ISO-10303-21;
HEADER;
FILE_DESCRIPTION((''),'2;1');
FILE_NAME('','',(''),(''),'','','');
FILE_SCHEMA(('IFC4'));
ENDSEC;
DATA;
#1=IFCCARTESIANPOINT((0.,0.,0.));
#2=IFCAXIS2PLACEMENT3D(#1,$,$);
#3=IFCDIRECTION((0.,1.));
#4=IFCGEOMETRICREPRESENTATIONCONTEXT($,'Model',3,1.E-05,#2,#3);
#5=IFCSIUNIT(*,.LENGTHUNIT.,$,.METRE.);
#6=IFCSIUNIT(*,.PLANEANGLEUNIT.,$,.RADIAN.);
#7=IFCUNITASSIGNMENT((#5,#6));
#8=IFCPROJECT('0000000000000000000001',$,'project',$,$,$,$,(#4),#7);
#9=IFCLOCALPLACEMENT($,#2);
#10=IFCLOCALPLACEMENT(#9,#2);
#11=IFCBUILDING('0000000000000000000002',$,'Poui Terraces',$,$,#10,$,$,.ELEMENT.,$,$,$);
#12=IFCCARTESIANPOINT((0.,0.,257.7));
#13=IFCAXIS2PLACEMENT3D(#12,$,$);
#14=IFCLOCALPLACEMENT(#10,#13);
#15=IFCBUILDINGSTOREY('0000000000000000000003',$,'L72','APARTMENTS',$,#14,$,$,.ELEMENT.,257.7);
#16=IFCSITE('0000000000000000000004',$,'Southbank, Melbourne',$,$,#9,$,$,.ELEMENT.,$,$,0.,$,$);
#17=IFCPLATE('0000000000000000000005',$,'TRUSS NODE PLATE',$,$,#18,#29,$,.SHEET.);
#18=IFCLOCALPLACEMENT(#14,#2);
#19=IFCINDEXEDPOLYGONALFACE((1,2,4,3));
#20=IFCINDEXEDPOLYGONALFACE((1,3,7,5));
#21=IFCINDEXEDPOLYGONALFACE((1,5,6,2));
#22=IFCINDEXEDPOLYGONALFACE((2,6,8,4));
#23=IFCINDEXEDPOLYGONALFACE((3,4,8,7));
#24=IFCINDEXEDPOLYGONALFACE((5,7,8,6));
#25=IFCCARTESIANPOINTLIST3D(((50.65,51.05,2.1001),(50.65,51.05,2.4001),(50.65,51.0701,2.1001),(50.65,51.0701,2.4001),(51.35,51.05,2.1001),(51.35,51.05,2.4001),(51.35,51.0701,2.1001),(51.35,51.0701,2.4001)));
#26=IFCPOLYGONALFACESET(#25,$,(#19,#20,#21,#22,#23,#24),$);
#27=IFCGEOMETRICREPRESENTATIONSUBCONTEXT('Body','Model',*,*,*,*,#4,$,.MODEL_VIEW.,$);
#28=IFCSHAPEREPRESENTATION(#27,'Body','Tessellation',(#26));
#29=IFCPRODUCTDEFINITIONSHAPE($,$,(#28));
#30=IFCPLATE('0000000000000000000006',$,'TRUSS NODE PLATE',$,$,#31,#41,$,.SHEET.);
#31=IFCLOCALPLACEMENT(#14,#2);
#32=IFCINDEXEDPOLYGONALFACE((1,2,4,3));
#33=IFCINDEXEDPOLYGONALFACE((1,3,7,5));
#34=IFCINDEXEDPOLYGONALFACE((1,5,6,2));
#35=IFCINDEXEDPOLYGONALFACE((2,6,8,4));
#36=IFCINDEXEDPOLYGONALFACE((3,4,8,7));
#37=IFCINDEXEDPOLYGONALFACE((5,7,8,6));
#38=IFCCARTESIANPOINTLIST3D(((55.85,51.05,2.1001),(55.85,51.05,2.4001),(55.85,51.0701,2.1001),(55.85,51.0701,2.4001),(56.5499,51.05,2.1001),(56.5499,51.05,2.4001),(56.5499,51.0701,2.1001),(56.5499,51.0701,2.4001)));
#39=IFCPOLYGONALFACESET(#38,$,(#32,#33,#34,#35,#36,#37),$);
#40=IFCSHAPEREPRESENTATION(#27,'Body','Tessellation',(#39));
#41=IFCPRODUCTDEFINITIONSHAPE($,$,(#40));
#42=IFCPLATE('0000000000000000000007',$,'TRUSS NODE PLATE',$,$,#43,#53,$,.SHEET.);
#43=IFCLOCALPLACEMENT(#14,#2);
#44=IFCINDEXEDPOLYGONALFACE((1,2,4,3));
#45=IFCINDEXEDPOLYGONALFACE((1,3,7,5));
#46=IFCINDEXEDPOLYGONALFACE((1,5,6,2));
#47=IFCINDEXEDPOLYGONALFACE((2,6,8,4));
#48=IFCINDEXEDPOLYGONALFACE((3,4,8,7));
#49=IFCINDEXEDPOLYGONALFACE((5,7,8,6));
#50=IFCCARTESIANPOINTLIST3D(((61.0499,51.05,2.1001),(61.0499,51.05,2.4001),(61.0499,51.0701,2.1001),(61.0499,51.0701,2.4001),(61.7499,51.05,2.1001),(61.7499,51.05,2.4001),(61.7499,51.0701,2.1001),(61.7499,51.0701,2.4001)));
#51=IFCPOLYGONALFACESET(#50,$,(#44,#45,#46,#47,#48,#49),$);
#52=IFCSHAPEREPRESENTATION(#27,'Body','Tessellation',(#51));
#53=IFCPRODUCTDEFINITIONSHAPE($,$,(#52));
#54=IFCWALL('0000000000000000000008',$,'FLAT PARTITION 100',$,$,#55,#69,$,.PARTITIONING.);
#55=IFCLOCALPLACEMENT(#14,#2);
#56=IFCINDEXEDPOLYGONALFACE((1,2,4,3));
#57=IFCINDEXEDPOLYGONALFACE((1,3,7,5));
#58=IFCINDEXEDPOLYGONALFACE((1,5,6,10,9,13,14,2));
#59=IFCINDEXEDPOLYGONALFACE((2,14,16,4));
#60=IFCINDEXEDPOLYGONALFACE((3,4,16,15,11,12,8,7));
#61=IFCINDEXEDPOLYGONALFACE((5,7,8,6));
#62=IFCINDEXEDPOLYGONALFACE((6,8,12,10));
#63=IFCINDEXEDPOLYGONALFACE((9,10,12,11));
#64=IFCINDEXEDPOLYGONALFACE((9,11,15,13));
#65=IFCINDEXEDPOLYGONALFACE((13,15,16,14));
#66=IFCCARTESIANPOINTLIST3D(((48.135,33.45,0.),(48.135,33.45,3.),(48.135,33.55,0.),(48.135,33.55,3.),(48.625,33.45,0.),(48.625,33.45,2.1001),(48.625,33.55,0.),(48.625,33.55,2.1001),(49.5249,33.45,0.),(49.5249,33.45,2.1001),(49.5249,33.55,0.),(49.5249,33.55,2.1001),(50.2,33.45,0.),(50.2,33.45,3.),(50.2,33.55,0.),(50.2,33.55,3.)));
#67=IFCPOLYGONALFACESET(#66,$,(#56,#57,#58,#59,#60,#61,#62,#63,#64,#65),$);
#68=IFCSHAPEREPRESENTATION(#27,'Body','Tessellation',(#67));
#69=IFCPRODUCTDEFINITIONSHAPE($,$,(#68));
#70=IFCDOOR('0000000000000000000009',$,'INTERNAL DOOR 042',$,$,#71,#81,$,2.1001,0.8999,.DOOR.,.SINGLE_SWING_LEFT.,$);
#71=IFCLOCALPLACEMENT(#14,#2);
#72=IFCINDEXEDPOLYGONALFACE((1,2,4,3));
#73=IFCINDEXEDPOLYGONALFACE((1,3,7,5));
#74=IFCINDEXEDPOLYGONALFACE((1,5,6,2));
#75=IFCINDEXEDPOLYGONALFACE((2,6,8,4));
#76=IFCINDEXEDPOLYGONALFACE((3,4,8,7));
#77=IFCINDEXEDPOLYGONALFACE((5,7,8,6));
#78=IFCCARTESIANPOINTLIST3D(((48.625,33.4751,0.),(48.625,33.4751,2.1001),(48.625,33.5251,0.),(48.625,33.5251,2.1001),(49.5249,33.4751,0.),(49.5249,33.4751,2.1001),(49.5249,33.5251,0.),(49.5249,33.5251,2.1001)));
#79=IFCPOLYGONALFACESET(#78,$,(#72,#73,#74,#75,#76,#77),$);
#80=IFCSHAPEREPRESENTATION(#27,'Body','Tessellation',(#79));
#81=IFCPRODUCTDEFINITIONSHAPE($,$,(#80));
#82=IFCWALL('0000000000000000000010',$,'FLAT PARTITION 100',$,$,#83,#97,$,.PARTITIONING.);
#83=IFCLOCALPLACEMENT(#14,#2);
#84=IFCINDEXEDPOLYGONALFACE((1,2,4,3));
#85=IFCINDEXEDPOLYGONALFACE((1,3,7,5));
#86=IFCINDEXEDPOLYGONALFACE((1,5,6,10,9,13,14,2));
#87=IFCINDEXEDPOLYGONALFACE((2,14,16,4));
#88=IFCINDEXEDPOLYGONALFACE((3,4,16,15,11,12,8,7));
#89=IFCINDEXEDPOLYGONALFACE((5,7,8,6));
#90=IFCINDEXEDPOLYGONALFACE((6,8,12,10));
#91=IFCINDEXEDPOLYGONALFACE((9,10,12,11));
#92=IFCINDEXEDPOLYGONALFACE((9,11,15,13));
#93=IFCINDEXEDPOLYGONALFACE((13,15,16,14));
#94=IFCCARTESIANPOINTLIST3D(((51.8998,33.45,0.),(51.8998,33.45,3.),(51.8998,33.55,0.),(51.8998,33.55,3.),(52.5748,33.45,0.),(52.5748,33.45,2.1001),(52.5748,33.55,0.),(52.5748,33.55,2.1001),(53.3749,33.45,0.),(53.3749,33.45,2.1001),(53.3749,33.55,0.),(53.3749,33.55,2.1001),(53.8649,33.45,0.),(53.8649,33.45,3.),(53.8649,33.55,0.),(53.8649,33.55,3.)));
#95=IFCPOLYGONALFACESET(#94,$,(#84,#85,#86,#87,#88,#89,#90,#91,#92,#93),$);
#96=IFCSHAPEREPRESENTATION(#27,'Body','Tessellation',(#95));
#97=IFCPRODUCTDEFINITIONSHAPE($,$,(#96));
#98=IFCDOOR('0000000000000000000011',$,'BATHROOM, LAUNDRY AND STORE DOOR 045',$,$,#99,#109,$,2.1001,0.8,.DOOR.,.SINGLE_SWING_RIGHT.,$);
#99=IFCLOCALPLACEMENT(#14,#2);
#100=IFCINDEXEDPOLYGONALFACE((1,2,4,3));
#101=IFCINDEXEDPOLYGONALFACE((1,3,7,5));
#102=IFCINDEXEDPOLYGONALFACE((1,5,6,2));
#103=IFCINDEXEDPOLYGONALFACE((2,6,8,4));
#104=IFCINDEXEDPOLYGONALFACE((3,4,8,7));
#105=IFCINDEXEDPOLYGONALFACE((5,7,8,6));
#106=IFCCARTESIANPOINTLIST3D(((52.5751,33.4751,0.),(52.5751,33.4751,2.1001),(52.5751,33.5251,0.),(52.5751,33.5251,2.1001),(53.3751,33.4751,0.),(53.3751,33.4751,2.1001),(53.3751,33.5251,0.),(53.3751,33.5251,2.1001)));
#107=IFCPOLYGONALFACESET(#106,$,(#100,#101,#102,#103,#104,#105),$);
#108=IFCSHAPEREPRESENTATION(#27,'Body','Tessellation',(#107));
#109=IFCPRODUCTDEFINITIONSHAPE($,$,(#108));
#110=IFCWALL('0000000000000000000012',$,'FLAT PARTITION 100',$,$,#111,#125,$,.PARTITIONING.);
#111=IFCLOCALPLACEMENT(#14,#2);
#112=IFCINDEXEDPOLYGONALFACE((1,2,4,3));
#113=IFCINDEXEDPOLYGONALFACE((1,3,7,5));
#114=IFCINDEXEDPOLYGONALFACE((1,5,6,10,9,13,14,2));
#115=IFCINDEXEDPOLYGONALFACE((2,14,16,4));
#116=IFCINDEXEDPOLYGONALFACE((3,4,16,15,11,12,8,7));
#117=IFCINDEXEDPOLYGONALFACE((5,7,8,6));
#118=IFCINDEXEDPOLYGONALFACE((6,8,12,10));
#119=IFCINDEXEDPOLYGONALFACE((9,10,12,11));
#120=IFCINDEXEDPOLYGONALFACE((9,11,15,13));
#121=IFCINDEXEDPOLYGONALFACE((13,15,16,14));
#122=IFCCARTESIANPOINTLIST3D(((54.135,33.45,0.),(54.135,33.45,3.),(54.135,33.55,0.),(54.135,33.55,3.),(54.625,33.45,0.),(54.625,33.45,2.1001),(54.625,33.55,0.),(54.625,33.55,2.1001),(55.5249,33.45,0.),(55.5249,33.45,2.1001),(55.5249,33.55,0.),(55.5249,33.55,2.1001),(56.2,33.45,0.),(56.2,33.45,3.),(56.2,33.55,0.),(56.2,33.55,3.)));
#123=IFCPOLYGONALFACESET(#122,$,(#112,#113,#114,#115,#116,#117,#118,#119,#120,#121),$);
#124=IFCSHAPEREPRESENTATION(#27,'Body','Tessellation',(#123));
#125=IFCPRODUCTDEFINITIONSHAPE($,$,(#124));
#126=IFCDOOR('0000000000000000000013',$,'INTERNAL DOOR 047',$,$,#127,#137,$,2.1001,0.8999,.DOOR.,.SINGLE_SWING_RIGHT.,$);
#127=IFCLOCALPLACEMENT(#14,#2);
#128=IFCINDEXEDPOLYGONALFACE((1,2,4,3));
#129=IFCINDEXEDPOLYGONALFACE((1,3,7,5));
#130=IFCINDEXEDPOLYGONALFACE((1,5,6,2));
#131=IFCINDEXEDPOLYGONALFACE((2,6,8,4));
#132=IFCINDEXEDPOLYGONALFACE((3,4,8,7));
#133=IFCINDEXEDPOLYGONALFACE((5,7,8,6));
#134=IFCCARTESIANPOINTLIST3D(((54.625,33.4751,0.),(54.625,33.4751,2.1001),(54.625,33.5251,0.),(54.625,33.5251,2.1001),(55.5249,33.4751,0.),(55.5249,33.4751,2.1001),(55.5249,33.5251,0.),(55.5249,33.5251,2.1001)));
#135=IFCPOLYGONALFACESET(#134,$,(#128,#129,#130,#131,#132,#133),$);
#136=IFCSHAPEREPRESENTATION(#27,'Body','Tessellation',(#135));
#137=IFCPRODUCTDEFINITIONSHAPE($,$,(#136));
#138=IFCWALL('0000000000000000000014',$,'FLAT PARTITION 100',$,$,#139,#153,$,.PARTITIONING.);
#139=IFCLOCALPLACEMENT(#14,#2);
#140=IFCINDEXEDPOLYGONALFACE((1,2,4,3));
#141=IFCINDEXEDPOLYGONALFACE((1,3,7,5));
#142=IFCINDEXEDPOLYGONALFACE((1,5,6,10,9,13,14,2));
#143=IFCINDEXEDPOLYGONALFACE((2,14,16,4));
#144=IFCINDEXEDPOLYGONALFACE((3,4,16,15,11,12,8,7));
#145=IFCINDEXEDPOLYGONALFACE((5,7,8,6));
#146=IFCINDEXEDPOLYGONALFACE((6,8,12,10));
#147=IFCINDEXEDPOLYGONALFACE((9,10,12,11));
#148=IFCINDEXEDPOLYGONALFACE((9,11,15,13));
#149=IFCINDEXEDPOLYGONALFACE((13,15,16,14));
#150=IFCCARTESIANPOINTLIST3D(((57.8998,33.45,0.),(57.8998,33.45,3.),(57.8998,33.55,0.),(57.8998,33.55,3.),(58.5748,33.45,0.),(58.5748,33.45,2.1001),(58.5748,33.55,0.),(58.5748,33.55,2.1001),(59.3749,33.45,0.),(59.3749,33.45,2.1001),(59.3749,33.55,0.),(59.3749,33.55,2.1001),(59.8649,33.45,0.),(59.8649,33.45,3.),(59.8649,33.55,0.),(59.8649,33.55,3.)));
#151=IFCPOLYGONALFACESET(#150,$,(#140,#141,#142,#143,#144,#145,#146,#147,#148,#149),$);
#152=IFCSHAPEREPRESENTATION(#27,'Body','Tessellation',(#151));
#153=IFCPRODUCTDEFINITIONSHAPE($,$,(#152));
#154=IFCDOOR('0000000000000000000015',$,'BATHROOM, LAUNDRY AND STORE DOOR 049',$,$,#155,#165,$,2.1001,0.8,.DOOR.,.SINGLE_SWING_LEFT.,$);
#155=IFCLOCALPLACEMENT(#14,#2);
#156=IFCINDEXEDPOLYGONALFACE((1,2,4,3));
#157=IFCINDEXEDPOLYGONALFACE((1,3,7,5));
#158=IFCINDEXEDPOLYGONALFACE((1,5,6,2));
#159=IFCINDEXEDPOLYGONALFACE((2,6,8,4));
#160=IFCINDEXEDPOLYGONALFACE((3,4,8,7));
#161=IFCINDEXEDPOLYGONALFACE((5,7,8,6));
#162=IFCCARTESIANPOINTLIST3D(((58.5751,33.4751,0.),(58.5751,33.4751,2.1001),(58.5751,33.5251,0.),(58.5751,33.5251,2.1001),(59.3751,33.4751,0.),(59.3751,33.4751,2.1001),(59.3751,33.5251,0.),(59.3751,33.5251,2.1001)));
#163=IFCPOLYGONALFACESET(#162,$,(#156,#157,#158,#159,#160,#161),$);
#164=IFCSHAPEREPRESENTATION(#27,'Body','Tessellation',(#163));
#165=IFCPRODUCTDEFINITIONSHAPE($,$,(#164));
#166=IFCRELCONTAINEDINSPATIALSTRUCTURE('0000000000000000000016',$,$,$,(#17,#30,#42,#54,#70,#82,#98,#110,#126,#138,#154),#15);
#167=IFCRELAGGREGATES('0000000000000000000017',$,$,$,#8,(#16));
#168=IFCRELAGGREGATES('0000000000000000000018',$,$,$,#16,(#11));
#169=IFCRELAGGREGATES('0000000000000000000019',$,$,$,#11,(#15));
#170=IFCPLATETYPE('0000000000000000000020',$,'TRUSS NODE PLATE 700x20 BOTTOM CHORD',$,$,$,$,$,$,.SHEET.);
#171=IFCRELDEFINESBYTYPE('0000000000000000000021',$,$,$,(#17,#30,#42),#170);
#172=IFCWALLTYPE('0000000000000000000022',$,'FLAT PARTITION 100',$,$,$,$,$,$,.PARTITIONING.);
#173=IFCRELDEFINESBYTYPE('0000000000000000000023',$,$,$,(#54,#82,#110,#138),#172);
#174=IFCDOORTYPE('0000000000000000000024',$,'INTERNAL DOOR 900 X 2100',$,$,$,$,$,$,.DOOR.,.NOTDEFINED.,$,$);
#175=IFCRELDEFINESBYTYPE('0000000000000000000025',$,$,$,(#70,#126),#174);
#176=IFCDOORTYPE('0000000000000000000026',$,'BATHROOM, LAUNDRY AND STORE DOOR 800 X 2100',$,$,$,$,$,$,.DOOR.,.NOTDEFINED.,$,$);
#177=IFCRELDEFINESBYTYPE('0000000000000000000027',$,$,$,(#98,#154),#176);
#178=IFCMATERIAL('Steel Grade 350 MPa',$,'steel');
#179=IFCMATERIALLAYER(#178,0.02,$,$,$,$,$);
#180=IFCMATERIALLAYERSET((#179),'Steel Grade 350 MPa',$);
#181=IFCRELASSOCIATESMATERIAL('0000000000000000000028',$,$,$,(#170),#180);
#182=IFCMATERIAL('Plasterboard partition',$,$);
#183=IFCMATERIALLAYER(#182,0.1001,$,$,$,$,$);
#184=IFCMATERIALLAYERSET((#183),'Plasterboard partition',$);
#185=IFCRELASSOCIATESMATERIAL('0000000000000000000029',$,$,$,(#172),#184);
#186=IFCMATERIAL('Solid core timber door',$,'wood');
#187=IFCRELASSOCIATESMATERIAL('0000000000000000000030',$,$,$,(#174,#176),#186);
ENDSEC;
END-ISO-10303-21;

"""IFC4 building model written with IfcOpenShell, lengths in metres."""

from ifc_helpers import new_model, si_unit, direction, frame, frame_2d, origin, origin_2d, place, context, subcontext, project, spatial, rectangle, extrude, source, transform, mapped, material, layer, layer_set, type_object, element, fill, save


model = new_model("IFC4")

# Units and contexts
model_context = context("Model", 3, precision=1e-05, world=origin(), true_north=direction((0.0, 1.0)))
body_context = subcontext(model_context, "Body", "Model", "MODEL_VIEW")
ifc_project = project(units=[si_unit("LENGTHUNIT", "METRE"), si_unit("PLANEANGLEUNIT", "RADIAN")], contexts=[model_context])

# Site, building, storey
site_placement = place(None, origin())
site = spatial("IfcSite", under=ifc_project, at=site_placement, Name="Southbank, Melbourne", CompositionType="ELEMENT", RefElevation=0.0)
building_placement = place(site_placement, origin())
building = spatial("IfcBuilding", under=site, at=building_placement, Name="Poui Terraces", CompositionType="ELEMENT")
storey_placement = place(building_placement, frame((0.0, 0.0, 257.7)))
storey = spatial("IfcBuildingStorey", under=building, at=storey_placement, Name="L72", Description="APARTMENTS", CompositionType="ELEMENT", Elevation=257.7)

# Plates
ifc_material_1 = material(Name="Steel Grade 350 MPa", Category="steel")
ifc_layer_1 = layer(ifc_material_1, 0.02)
ifc_layer_set_1 = layer_set([ifc_layer_1], Name="Steel Grade 350 MPa")
plate_type = type_object("IfcPlateType", Name="TRUSS NODE PLATE 700x20 BOTTOM CHORD", PredefinedType="SHEET", material=ifc_layer_set_1)
shared_shape_1 = source(origin(), body_context, "Body", "SweptSolid", [
    extrude(rectangle(XDim=0.7, YDim=0.02, at=origin_2d()), origin(), (0.0, 0.0, 1.0), 0.3),
])
for number, where, z_axis, x_axis, name in (
    (1, (51.0, 51.0601, 2.1001), (0.0, 0.0, 1.0), (1.0, 0.0, 0.0), "TRUSS NODE PLATE"),
    (2, (56.2, 51.0601, 2.1001), (0.0, 0.0, 1.0), (1.0, 0.0, 0.0), "TRUSS NODE PLATE"),
    (3, (61.3999, 51.0601, 2.1001), (0.0, 0.0, 1.0), (1.0, 0.0, 0.0), "TRUSS NODE PLATE"),
):
    element("IfcPlate", number, at=place(storey_placement, frame(where, z_axis=z_axis, x_axis=x_axis)), inside=storey, type_object=plate_type, Name=name, PredefinedType="SHEET", context=body_context, shape_type="MappedRepresentation", body=[
        mapped(shared_shape_1, transform((0.0, 0.0, 0.0))),
    ])

# Walls, openings, doors
ifc_material_2 = material(Name="Plasterboard partition")
ifc_layer_2 = layer(ifc_material_2, 0.1001)
ifc_layer_set_2 = layer_set([ifc_layer_2], Name="Plasterboard partition")
wall_type_1 = type_object("IfcWallType", Name="FLAT PARTITION 100", PredefinedType="PARTITIONING", material=ifc_layer_set_2)
wall_1_placement = place(storey_placement, frame((48.135, 33.5, 0.0), z_axis=(0.0, 0.0, 1.0), x_axis=(1.0, 0.0, 0.0)))
wall_1 = element("IfcWall", 4, at=wall_1_placement, inside=storey, type_object=wall_type_1, Name="FLAT PARTITION 100", PredefinedType="PARTITIONING", context=body_context, shape_type="SweptSolid", body=[
    extrude(rectangle(XDim=2.0649, YDim=0.1001, at=frame_2d((1.0325, 0.0))), origin(), (0.0, 0.0, 1.0), 3.0),
])
opening_1_placement = place(wall_1_placement, frame((0.49, 0.0, 0.0)))
opening_1 = element("IfcOpeningElement", 5, at=opening_1_placement, cuts=wall_1, PredefinedType="OPENING", context=body_context, shape_type="SweptSolid", body=[
    extrude(rectangle(XDim=0.8999, YDim=2.1001, at=frame_2d((0.45, 1.05))), frame((0.0, 0.0601, 0.0), z_axis=(0.0, -1.0, 0.0), x_axis=(1.0, 0.0, 0.0)), (0.0, 0.0, 1.0), 0.1201),
])
ifc_material_3 = material(Name="Solid core timber door", Category="wood")
door_type_1 = type_object("IfcDoorType", Name="INTERNAL DOOR 900 X 2100", OperationType="NOTDEFINED", PredefinedType="DOOR", material=ifc_material_3)
door_1_placement = place(opening_1_placement, frame((0.8999, 0.0, 0.0), z_axis=(0.0, 0.0, 1.0), x_axis=(-1.0, 0.0, 0.0)))
door_1 = element("IfcDoor", 6, at=door_1_placement, inside=storey, type_object=door_type_1, Name="INTERNAL DOOR 042", OperationType="SINGLE_SWING_LEFT", OverallHeight=2.1001, OverallWidth=0.8999, PredefinedType="DOOR", context=body_context, shape_type="SweptSolid", body=[
    extrude(rectangle(XDim=0.8999, YDim=2.1001, at=frame_2d((0.45, 1.05))), frame((0.0, 0.0249, 0.0), z_axis=(0.0, -1.0, 0.0), x_axis=(1.0, 0.0, 0.0)), (0.0, 0.0, 1.0), 0.05),
])
fill(opening_1, door_1)
wall_2_placement = place(storey_placement, frame((51.8999, 33.5, 0.0), z_axis=(0.0, 0.0, 1.0), x_axis=(1.0, 0.0, 0.0)))
wall_2 = element("IfcWall", 7, at=wall_2_placement, inside=storey, type_object=wall_type_1, Name="FLAT PARTITION 100", PredefinedType="PARTITIONING", context=body_context, shape_type="SweptSolid", body=[
    extrude(rectangle(XDim=1.9651, YDim=0.1001, at=frame_2d((0.9824, 0.0))), origin(), (0.0, 0.0, 1.0), 3.0),
])
opening_2_placement = place(wall_2_placement, frame((0.675, 0.0, 0.0)))
opening_2 = element("IfcOpeningElement", 8, at=opening_2_placement, cuts=wall_2, PredefinedType="OPENING", context=body_context, shape_type="SweptSolid", body=[
    extrude(rectangle(XDim=0.8, YDim=2.1001, at=frame_2d((0.3999, 1.05))), frame((0.0, 0.0601, 0.0), z_axis=(0.0, -1.0, 0.0), x_axis=(1.0, 0.0, 0.0)), (0.0, 0.0, 1.0), 0.1201),
])
door_type_2 = type_object("IfcDoorType", Name="BATHROOM, LAUNDRY AND STORE DOOR 800 X 2100", OperationType="NOTDEFINED", PredefinedType="DOOR", material=ifc_material_3)
door_2_placement = place(opening_2_placement, frame((0.8, 0.0, 0.0), z_axis=(0.0, 0.0, 1.0), x_axis=(-1.0, 0.0, 0.0)))
door_2 = element("IfcDoor", 9, at=door_2_placement, inside=storey, type_object=door_type_2, Name="BATHROOM, LAUNDRY AND STORE DOOR 045", OperationType="SINGLE_SWING_RIGHT", OverallHeight=2.1001, OverallWidth=0.8, PredefinedType="DOOR", context=body_context, shape_type="SweptSolid", body=[
    extrude(rectangle(XDim=0.8, YDim=2.1001, at=frame_2d((0.3999, 1.05))), frame((0.0, 0.0249, 0.0), z_axis=(0.0, -1.0, 0.0), x_axis=(1.0, 0.0, 0.0)), (0.0, 0.0, 1.0), 0.05),
])
fill(opening_2, door_2)
wall_3_placement = place(storey_placement, frame((54.135, 33.5, 0.0), z_axis=(0.0, 0.0, 1.0), x_axis=(1.0, 0.0, 0.0)))
wall_3 = element("IfcWall", 10, at=wall_3_placement, inside=storey, type_object=wall_type_1, Name="FLAT PARTITION 100", PredefinedType="PARTITIONING", context=body_context, shape_type="SweptSolid", body=[
    extrude(rectangle(XDim=2.0649, YDim=0.1001, at=frame_2d((1.0325, 0.0))), origin(), (0.0, 0.0, 1.0), 3.0),
])
opening_3_placement = place(wall_3_placement, frame((0.49, 0.0, 0.0)))
opening_3 = element("IfcOpeningElement", 11, at=opening_3_placement, cuts=wall_3, PredefinedType="OPENING", context=body_context, shape_type="SweptSolid", body=[
    extrude(rectangle(XDim=0.8999, YDim=2.1001, at=frame_2d((0.45, 1.05))), frame((0.0, 0.0601, 0.0), z_axis=(0.0, -1.0, 0.0), x_axis=(1.0, 0.0, 0.0)), (0.0, 0.0, 1.0), 0.1201),
])
door_3_placement = place(opening_3_placement, frame((0.8999, 0.0, 0.0), z_axis=(0.0, 0.0, 1.0), x_axis=(-1.0, 0.0, 0.0)))
door_3 = element("IfcDoor", 12, at=door_3_placement, inside=storey, type_object=door_type_1, Name="INTERNAL DOOR 047", OperationType="SINGLE_SWING_RIGHT", OverallHeight=2.1001, OverallWidth=0.8999, PredefinedType="DOOR", context=body_context, shape_type="SweptSolid", body=[
    extrude(rectangle(XDim=0.8999, YDim=2.1001, at=frame_2d((0.45, 1.05))), frame((0.0, 0.0249, 0.0), z_axis=(0.0, -1.0, 0.0), x_axis=(1.0, 0.0, 0.0)), (0.0, 0.0, 1.0), 0.05),
])
fill(opening_3, door_3)
wall_4_placement = place(storey_placement, frame((57.8999, 33.5, 0.0), z_axis=(0.0, 0.0, 1.0), x_axis=(1.0, 0.0, 0.0)))
wall_4 = element("IfcWall", 13, at=wall_4_placement, inside=storey, type_object=wall_type_1, Name="FLAT PARTITION 100", PredefinedType="PARTITIONING", context=body_context, shape_type="SweptSolid", body=[
    extrude(rectangle(XDim=1.9651, YDim=0.1001, at=frame_2d((0.9824, 0.0))), origin(), (0.0, 0.0, 1.0), 3.0),
])
opening_4_placement = place(wall_4_placement, frame((0.675, 0.0, 0.0)))
opening_4 = element("IfcOpeningElement", 14, at=opening_4_placement, cuts=wall_4, PredefinedType="OPENING", context=body_context, shape_type="SweptSolid", body=[
    extrude(rectangle(XDim=0.8, YDim=2.1001, at=frame_2d((0.3999, 1.05))), frame((0.0, 0.0601, 0.0), z_axis=(0.0, -1.0, 0.0), x_axis=(1.0, 0.0, 0.0)), (0.0, 0.0, 1.0), 0.1201),
])
door_4_placement = place(opening_4_placement, frame((0.8, 0.0, 0.0), z_axis=(0.0, 0.0, 1.0), x_axis=(-1.0, 0.0, 0.0)))
door_4 = element("IfcDoor", 15, at=door_4_placement, inside=storey, type_object=door_type_2, Name="BATHROOM, LAUNDRY AND STORE DOOR 049", OperationType="SINGLE_SWING_LEFT", OverallHeight=2.1001, OverallWidth=0.8, PredefinedType="DOOR", context=body_context, shape_type="SweptSolid", body=[
    extrude(rectangle(XDim=0.8, YDim=2.1001, at=frame_2d((0.3999, 1.05))), frame((0.0, 0.0249, 0.0), z_axis=(0.0, -1.0, 0.0), x_axis=(1.0, 0.0, 0.0)), (0.0, 0.0, 1.0), 0.05),
])
fill(opening_4, door_4)

save(model, "model.ifc")
